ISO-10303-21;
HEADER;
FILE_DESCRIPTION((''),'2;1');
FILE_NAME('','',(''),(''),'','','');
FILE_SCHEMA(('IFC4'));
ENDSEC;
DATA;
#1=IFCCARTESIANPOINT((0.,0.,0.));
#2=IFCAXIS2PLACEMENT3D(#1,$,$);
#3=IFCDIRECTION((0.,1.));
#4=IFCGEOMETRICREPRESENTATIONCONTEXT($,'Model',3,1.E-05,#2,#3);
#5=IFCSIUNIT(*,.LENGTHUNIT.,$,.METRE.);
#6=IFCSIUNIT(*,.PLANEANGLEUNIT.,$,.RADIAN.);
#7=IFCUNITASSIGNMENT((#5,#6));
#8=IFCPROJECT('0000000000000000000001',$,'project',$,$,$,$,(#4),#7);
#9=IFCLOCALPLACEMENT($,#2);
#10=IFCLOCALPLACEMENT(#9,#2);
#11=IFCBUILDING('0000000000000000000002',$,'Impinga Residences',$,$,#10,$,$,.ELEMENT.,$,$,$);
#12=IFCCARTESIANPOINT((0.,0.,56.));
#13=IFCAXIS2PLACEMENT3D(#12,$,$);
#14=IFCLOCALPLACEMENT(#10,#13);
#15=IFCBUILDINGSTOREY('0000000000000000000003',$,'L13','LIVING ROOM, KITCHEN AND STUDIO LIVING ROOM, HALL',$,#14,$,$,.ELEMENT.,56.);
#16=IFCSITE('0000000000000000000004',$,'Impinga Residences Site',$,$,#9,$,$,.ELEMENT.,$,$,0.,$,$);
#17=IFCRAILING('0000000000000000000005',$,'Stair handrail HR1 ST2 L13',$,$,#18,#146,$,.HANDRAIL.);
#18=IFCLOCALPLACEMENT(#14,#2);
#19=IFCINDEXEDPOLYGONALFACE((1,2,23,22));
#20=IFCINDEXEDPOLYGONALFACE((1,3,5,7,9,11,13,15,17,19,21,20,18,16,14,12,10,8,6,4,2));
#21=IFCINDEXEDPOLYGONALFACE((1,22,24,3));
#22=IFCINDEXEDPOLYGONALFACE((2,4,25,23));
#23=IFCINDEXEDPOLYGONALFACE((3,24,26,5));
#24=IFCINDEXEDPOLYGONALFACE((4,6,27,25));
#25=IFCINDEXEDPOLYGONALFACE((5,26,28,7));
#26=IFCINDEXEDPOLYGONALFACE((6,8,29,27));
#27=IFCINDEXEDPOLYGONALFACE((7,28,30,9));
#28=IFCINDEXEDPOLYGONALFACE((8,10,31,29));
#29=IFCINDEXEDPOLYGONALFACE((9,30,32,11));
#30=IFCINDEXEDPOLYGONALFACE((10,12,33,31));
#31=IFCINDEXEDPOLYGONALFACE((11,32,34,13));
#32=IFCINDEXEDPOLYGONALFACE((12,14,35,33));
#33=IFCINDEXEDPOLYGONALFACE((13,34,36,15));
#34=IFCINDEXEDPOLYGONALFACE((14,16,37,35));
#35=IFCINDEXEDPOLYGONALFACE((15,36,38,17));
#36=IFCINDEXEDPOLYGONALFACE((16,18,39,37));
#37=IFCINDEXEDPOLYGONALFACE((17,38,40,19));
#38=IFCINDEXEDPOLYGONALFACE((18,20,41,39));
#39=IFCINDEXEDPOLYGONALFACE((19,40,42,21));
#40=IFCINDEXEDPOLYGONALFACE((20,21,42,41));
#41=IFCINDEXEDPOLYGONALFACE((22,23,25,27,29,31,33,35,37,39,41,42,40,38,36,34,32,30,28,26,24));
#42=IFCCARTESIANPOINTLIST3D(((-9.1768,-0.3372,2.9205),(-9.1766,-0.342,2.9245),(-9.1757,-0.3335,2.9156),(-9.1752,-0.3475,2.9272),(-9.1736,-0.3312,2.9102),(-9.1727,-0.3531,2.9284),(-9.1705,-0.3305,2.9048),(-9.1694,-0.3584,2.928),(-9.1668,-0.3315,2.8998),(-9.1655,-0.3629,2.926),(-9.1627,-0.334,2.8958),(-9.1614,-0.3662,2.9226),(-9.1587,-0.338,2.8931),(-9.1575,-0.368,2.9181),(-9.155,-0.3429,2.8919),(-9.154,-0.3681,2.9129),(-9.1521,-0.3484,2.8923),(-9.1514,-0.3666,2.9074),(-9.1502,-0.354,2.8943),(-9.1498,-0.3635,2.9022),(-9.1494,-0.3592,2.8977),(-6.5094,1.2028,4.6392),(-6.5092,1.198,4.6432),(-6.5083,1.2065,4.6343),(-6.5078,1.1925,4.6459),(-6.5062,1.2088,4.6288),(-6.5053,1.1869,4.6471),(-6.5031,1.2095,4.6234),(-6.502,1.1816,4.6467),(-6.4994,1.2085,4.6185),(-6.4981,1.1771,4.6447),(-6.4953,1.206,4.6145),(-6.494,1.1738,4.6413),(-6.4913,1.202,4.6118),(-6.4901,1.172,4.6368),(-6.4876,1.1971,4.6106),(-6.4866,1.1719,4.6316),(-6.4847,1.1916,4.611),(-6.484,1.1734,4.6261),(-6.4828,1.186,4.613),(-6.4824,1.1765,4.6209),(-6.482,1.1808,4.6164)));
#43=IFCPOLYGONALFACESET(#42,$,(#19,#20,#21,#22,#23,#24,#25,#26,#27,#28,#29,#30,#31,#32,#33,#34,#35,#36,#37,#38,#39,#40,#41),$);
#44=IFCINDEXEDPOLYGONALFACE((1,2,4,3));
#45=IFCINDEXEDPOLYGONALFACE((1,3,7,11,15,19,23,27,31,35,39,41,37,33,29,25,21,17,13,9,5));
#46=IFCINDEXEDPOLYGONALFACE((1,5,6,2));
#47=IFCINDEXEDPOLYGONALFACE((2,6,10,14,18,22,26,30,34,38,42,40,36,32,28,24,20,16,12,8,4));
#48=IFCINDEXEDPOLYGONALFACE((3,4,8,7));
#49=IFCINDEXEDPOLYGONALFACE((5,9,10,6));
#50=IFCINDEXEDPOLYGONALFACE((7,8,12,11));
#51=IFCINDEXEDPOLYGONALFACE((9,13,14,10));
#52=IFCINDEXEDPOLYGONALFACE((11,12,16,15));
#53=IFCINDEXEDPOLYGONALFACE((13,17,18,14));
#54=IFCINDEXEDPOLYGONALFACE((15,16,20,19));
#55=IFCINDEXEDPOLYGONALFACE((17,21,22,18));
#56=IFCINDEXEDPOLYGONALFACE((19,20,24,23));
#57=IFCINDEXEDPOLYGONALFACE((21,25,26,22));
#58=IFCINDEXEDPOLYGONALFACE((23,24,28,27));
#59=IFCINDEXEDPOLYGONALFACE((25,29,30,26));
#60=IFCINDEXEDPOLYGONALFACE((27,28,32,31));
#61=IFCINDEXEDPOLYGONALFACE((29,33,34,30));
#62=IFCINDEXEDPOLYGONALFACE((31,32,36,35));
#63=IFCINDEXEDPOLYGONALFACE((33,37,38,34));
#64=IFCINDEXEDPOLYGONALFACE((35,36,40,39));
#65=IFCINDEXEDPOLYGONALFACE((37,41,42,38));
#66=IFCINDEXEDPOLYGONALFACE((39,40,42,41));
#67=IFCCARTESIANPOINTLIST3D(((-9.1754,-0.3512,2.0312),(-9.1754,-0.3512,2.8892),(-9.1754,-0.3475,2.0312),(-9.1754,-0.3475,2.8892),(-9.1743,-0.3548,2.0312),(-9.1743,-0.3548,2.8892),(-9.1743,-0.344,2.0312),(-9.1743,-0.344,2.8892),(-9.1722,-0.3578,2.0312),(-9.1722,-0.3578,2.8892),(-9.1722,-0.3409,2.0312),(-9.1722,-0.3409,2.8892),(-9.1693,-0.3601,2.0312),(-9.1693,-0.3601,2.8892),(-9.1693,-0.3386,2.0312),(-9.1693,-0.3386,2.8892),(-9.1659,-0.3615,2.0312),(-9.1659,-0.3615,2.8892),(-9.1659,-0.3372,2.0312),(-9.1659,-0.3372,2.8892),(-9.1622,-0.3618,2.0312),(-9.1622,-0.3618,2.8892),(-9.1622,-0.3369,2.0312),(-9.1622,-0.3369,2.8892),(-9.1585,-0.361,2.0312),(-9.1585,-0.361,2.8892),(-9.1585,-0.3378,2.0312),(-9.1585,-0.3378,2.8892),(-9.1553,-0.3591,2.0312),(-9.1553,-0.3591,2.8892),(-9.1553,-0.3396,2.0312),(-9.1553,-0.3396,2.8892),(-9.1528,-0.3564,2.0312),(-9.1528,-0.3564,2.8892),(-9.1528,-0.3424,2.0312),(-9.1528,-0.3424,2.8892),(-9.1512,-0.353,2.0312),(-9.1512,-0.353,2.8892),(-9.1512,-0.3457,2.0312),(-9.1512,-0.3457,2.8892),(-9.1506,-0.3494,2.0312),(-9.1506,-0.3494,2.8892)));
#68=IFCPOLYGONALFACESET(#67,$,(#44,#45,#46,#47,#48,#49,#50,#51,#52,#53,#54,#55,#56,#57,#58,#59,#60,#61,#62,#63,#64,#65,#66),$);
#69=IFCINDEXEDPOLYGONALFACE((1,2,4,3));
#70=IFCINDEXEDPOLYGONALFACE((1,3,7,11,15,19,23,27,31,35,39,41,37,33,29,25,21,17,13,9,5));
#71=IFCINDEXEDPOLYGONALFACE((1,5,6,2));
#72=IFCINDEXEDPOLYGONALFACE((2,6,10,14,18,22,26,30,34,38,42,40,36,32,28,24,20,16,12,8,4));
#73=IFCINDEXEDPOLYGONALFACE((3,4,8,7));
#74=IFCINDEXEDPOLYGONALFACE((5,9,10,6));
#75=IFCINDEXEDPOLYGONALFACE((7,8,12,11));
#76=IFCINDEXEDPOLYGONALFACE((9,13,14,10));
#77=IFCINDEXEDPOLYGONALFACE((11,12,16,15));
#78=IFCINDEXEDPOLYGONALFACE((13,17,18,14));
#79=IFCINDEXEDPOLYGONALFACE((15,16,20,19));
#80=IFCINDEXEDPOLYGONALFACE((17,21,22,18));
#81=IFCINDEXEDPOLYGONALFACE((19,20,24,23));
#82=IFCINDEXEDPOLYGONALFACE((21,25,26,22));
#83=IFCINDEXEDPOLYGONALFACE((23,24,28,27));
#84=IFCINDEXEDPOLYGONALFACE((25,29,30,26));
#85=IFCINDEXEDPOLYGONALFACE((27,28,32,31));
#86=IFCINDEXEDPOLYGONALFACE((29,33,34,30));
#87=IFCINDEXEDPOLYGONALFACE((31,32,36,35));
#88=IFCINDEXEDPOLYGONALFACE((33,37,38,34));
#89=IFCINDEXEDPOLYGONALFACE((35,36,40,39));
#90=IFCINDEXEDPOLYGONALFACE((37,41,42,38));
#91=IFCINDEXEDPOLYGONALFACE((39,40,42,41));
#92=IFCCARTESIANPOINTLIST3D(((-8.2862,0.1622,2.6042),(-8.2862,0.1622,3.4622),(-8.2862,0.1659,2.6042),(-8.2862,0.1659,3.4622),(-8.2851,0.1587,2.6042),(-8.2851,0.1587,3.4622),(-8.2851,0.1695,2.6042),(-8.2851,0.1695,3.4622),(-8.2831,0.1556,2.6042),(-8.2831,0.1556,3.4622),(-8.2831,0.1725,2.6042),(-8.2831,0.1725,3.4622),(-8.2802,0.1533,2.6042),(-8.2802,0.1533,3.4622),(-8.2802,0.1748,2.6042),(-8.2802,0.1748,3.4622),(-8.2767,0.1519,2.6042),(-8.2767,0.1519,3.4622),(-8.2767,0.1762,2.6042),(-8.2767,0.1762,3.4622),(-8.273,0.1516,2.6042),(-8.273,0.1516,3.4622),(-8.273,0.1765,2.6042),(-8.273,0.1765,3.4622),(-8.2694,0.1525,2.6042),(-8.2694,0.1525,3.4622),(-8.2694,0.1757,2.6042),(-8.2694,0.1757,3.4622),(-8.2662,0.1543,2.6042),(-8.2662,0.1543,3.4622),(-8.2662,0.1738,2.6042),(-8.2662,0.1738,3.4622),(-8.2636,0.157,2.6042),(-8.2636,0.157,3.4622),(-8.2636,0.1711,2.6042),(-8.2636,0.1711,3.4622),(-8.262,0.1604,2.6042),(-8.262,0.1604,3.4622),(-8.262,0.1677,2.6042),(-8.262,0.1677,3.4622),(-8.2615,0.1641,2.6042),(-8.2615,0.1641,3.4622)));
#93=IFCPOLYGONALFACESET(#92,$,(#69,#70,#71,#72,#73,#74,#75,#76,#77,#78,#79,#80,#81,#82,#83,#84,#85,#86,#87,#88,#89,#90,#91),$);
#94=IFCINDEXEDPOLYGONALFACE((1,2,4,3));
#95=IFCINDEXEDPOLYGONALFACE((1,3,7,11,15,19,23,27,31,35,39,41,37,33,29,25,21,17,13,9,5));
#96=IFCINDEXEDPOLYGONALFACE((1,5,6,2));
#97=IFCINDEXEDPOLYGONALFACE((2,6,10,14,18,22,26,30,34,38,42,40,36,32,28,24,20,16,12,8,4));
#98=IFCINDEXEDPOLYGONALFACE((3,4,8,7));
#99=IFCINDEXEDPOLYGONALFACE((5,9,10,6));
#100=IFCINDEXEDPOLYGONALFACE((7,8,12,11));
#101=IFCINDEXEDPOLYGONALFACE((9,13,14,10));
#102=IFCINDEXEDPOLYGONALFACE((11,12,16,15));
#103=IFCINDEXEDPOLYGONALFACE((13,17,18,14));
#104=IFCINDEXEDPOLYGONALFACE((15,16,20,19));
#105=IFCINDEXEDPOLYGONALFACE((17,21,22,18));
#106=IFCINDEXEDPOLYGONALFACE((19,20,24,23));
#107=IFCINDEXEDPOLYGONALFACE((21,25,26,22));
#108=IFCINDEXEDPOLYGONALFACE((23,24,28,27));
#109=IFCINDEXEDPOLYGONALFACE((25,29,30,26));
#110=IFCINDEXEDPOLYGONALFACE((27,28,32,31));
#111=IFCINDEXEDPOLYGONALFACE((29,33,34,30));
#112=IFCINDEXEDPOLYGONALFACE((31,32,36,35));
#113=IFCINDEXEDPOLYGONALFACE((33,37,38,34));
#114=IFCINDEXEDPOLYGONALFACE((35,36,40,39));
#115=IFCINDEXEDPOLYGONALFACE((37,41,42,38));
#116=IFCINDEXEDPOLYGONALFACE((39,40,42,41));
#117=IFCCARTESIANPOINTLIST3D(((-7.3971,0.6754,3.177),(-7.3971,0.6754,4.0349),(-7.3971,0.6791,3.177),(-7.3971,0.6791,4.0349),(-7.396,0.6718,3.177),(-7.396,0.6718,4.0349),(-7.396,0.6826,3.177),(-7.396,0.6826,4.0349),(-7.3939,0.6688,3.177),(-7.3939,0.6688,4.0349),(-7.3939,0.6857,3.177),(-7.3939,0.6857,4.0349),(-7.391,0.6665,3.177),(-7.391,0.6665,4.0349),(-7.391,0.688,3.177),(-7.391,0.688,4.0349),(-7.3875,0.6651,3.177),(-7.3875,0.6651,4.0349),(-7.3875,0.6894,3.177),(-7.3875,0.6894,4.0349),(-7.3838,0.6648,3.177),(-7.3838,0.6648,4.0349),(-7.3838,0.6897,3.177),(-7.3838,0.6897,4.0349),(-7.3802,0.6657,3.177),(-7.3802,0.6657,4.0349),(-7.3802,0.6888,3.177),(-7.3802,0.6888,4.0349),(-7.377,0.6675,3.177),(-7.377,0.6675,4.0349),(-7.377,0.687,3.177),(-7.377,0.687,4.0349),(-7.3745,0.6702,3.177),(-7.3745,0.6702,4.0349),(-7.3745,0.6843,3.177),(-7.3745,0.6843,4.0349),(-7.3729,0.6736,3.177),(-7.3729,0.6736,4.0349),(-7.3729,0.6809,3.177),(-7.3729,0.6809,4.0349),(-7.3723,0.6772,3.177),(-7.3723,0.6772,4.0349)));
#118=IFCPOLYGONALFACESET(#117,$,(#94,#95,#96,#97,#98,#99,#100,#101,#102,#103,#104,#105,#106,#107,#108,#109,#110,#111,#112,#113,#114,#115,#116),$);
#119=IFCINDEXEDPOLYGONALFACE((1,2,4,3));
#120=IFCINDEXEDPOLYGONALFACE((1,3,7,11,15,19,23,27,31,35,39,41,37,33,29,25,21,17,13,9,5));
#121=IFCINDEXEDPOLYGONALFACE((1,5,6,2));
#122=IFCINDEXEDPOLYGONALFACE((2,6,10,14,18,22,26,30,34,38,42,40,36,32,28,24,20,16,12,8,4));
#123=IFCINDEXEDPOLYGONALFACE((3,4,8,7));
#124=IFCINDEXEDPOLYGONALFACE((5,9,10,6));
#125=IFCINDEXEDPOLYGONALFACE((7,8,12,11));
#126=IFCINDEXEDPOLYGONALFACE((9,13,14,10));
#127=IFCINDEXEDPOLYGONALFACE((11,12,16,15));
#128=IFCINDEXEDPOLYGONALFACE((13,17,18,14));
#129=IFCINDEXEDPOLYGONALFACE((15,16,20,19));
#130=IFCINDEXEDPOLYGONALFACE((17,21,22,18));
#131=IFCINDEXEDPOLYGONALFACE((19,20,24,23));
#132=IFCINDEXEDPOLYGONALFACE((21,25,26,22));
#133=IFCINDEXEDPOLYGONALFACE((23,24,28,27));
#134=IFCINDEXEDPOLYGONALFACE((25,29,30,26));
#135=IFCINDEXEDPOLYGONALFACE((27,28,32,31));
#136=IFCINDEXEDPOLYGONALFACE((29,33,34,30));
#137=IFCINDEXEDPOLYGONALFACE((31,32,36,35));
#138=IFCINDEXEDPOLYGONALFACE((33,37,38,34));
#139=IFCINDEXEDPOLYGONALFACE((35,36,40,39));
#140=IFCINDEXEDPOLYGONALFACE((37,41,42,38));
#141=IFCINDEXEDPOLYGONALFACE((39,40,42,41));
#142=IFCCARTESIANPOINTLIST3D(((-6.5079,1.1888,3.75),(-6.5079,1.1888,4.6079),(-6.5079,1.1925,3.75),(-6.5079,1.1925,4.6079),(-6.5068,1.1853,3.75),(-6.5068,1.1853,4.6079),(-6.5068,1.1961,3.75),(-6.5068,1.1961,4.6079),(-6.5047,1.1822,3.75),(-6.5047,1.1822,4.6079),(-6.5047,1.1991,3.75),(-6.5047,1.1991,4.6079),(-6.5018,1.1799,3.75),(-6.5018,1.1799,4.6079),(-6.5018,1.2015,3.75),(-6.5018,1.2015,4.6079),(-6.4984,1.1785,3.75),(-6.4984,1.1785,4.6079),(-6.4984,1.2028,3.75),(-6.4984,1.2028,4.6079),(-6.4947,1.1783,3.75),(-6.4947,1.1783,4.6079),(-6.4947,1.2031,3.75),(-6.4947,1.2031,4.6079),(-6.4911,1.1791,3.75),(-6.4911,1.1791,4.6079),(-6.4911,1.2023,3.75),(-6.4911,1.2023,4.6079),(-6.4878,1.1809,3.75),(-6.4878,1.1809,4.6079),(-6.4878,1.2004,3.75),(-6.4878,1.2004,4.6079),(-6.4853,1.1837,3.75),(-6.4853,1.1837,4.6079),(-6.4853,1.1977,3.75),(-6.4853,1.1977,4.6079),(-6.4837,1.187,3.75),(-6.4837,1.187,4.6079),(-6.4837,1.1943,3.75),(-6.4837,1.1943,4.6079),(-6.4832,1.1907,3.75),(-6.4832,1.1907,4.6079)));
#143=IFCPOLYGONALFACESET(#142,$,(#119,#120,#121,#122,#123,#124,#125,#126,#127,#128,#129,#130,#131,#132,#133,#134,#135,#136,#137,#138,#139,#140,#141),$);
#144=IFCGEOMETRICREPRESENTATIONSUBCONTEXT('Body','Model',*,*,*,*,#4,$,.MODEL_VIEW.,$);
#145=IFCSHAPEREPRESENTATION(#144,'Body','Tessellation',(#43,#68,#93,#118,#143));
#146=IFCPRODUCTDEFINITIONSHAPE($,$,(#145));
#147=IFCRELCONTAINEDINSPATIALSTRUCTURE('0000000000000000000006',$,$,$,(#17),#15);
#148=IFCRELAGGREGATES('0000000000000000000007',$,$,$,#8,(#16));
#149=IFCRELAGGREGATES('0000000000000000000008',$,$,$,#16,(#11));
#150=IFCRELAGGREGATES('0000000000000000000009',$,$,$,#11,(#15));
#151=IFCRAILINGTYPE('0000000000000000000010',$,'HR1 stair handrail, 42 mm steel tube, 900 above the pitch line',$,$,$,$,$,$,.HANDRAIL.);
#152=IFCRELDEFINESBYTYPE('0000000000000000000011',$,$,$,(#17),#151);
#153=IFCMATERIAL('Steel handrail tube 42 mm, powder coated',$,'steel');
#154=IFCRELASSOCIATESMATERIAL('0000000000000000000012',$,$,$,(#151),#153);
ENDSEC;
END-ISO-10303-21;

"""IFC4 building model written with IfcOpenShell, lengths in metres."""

from ifc_helpers import new_model, si_unit, direction, frame, origin, origin_2d, place, context, subcontext, project, spatial, circle, extrude, material, type_object, element, save


model = new_model("IFC4")

# Units and contexts
model_context = context("Model", 3, precision=1e-05, world=origin(), true_north=direction((0.0, 1.0)))
body_context = subcontext(model_context, "Body", "Model", "MODEL_VIEW")
ifc_project = project(units=[si_unit("LENGTHUNIT", "METRE"), si_unit("PLANEANGLEUNIT", "RADIAN")], contexts=[model_context])

# Site, building, storey
site_placement = place(None, origin())
site = spatial("IfcSite", under=ifc_project, at=site_placement, Name="Impinga Residences Site", CompositionType="ELEMENT", RefElevation=0.0)
building_placement = place(site_placement, origin())
building = spatial("IfcBuilding", under=site, at=building_placement, Name="Impinga Residences", CompositionType="ELEMENT")
storey_placement = place(building_placement, frame((0.0, 0.0, 56.0)))
storey = spatial("IfcBuildingStorey", under=building, at=storey_placement, Name="L13", Description="LIVING ROOM, KITCHEN AND STUDIO LIVING ROOM, HALL", CompositionType="ELEMENT", Elevation=56.0)

# Railing
ifc_material_1 = material(Name="Steel handrail tube 42 mm, powder coated", Category="steel")
railing_type_1 = type_object("IfcRailingType", Name="HR1 stair handrail, 42 mm steel tube, 900 above the pitch line", PredefinedType="HANDRAIL", material=ifc_material_1)
railing_1_placement = place(storey_placement, frame((-9.1631, -0.3494, 2.0312)))
element("IfcRailing", 1, at=railing_1_placement, inside=storey, type_object=railing_type_1, Name="Stair handrail HR1 ST2 L13", PredefinedType="HANDRAIL", context=body_context, shape_type="SweptSolid", body=[
    extrude(circle(Radius=0.021, at=origin_2d()), frame((0.0, 0.0, 0.8789), z_axis=(0.756256, 0.436616, 0.487282), x_axis=(-0.499992, 0.86603, 0.0)), (0.0, 0.0, 1.0), 3.5271),
    extrude(circle(Radius=0.0125, at=origin_2d()), origin(), (0.0, 0.0, 1.0), 0.8579),
    extrude(circle(Radius=0.0125, at=origin_2d()), frame((0.8892, 0.5134, 0.573)), (0.0, 0.0, 1.0), 0.8579),
    extrude(circle(Radius=0.0125, at=origin_2d()), frame((1.7783, 1.0266, 1.1458)), (0.0, 0.0, 1.0), 0.8579),
    extrude(circle(Radius=0.0125, at=origin_2d()), frame((2.6675, 1.54, 1.7188)), (0.0, 0.0, 1.0), 0.8579),
])

save(model, "model.ifc")
